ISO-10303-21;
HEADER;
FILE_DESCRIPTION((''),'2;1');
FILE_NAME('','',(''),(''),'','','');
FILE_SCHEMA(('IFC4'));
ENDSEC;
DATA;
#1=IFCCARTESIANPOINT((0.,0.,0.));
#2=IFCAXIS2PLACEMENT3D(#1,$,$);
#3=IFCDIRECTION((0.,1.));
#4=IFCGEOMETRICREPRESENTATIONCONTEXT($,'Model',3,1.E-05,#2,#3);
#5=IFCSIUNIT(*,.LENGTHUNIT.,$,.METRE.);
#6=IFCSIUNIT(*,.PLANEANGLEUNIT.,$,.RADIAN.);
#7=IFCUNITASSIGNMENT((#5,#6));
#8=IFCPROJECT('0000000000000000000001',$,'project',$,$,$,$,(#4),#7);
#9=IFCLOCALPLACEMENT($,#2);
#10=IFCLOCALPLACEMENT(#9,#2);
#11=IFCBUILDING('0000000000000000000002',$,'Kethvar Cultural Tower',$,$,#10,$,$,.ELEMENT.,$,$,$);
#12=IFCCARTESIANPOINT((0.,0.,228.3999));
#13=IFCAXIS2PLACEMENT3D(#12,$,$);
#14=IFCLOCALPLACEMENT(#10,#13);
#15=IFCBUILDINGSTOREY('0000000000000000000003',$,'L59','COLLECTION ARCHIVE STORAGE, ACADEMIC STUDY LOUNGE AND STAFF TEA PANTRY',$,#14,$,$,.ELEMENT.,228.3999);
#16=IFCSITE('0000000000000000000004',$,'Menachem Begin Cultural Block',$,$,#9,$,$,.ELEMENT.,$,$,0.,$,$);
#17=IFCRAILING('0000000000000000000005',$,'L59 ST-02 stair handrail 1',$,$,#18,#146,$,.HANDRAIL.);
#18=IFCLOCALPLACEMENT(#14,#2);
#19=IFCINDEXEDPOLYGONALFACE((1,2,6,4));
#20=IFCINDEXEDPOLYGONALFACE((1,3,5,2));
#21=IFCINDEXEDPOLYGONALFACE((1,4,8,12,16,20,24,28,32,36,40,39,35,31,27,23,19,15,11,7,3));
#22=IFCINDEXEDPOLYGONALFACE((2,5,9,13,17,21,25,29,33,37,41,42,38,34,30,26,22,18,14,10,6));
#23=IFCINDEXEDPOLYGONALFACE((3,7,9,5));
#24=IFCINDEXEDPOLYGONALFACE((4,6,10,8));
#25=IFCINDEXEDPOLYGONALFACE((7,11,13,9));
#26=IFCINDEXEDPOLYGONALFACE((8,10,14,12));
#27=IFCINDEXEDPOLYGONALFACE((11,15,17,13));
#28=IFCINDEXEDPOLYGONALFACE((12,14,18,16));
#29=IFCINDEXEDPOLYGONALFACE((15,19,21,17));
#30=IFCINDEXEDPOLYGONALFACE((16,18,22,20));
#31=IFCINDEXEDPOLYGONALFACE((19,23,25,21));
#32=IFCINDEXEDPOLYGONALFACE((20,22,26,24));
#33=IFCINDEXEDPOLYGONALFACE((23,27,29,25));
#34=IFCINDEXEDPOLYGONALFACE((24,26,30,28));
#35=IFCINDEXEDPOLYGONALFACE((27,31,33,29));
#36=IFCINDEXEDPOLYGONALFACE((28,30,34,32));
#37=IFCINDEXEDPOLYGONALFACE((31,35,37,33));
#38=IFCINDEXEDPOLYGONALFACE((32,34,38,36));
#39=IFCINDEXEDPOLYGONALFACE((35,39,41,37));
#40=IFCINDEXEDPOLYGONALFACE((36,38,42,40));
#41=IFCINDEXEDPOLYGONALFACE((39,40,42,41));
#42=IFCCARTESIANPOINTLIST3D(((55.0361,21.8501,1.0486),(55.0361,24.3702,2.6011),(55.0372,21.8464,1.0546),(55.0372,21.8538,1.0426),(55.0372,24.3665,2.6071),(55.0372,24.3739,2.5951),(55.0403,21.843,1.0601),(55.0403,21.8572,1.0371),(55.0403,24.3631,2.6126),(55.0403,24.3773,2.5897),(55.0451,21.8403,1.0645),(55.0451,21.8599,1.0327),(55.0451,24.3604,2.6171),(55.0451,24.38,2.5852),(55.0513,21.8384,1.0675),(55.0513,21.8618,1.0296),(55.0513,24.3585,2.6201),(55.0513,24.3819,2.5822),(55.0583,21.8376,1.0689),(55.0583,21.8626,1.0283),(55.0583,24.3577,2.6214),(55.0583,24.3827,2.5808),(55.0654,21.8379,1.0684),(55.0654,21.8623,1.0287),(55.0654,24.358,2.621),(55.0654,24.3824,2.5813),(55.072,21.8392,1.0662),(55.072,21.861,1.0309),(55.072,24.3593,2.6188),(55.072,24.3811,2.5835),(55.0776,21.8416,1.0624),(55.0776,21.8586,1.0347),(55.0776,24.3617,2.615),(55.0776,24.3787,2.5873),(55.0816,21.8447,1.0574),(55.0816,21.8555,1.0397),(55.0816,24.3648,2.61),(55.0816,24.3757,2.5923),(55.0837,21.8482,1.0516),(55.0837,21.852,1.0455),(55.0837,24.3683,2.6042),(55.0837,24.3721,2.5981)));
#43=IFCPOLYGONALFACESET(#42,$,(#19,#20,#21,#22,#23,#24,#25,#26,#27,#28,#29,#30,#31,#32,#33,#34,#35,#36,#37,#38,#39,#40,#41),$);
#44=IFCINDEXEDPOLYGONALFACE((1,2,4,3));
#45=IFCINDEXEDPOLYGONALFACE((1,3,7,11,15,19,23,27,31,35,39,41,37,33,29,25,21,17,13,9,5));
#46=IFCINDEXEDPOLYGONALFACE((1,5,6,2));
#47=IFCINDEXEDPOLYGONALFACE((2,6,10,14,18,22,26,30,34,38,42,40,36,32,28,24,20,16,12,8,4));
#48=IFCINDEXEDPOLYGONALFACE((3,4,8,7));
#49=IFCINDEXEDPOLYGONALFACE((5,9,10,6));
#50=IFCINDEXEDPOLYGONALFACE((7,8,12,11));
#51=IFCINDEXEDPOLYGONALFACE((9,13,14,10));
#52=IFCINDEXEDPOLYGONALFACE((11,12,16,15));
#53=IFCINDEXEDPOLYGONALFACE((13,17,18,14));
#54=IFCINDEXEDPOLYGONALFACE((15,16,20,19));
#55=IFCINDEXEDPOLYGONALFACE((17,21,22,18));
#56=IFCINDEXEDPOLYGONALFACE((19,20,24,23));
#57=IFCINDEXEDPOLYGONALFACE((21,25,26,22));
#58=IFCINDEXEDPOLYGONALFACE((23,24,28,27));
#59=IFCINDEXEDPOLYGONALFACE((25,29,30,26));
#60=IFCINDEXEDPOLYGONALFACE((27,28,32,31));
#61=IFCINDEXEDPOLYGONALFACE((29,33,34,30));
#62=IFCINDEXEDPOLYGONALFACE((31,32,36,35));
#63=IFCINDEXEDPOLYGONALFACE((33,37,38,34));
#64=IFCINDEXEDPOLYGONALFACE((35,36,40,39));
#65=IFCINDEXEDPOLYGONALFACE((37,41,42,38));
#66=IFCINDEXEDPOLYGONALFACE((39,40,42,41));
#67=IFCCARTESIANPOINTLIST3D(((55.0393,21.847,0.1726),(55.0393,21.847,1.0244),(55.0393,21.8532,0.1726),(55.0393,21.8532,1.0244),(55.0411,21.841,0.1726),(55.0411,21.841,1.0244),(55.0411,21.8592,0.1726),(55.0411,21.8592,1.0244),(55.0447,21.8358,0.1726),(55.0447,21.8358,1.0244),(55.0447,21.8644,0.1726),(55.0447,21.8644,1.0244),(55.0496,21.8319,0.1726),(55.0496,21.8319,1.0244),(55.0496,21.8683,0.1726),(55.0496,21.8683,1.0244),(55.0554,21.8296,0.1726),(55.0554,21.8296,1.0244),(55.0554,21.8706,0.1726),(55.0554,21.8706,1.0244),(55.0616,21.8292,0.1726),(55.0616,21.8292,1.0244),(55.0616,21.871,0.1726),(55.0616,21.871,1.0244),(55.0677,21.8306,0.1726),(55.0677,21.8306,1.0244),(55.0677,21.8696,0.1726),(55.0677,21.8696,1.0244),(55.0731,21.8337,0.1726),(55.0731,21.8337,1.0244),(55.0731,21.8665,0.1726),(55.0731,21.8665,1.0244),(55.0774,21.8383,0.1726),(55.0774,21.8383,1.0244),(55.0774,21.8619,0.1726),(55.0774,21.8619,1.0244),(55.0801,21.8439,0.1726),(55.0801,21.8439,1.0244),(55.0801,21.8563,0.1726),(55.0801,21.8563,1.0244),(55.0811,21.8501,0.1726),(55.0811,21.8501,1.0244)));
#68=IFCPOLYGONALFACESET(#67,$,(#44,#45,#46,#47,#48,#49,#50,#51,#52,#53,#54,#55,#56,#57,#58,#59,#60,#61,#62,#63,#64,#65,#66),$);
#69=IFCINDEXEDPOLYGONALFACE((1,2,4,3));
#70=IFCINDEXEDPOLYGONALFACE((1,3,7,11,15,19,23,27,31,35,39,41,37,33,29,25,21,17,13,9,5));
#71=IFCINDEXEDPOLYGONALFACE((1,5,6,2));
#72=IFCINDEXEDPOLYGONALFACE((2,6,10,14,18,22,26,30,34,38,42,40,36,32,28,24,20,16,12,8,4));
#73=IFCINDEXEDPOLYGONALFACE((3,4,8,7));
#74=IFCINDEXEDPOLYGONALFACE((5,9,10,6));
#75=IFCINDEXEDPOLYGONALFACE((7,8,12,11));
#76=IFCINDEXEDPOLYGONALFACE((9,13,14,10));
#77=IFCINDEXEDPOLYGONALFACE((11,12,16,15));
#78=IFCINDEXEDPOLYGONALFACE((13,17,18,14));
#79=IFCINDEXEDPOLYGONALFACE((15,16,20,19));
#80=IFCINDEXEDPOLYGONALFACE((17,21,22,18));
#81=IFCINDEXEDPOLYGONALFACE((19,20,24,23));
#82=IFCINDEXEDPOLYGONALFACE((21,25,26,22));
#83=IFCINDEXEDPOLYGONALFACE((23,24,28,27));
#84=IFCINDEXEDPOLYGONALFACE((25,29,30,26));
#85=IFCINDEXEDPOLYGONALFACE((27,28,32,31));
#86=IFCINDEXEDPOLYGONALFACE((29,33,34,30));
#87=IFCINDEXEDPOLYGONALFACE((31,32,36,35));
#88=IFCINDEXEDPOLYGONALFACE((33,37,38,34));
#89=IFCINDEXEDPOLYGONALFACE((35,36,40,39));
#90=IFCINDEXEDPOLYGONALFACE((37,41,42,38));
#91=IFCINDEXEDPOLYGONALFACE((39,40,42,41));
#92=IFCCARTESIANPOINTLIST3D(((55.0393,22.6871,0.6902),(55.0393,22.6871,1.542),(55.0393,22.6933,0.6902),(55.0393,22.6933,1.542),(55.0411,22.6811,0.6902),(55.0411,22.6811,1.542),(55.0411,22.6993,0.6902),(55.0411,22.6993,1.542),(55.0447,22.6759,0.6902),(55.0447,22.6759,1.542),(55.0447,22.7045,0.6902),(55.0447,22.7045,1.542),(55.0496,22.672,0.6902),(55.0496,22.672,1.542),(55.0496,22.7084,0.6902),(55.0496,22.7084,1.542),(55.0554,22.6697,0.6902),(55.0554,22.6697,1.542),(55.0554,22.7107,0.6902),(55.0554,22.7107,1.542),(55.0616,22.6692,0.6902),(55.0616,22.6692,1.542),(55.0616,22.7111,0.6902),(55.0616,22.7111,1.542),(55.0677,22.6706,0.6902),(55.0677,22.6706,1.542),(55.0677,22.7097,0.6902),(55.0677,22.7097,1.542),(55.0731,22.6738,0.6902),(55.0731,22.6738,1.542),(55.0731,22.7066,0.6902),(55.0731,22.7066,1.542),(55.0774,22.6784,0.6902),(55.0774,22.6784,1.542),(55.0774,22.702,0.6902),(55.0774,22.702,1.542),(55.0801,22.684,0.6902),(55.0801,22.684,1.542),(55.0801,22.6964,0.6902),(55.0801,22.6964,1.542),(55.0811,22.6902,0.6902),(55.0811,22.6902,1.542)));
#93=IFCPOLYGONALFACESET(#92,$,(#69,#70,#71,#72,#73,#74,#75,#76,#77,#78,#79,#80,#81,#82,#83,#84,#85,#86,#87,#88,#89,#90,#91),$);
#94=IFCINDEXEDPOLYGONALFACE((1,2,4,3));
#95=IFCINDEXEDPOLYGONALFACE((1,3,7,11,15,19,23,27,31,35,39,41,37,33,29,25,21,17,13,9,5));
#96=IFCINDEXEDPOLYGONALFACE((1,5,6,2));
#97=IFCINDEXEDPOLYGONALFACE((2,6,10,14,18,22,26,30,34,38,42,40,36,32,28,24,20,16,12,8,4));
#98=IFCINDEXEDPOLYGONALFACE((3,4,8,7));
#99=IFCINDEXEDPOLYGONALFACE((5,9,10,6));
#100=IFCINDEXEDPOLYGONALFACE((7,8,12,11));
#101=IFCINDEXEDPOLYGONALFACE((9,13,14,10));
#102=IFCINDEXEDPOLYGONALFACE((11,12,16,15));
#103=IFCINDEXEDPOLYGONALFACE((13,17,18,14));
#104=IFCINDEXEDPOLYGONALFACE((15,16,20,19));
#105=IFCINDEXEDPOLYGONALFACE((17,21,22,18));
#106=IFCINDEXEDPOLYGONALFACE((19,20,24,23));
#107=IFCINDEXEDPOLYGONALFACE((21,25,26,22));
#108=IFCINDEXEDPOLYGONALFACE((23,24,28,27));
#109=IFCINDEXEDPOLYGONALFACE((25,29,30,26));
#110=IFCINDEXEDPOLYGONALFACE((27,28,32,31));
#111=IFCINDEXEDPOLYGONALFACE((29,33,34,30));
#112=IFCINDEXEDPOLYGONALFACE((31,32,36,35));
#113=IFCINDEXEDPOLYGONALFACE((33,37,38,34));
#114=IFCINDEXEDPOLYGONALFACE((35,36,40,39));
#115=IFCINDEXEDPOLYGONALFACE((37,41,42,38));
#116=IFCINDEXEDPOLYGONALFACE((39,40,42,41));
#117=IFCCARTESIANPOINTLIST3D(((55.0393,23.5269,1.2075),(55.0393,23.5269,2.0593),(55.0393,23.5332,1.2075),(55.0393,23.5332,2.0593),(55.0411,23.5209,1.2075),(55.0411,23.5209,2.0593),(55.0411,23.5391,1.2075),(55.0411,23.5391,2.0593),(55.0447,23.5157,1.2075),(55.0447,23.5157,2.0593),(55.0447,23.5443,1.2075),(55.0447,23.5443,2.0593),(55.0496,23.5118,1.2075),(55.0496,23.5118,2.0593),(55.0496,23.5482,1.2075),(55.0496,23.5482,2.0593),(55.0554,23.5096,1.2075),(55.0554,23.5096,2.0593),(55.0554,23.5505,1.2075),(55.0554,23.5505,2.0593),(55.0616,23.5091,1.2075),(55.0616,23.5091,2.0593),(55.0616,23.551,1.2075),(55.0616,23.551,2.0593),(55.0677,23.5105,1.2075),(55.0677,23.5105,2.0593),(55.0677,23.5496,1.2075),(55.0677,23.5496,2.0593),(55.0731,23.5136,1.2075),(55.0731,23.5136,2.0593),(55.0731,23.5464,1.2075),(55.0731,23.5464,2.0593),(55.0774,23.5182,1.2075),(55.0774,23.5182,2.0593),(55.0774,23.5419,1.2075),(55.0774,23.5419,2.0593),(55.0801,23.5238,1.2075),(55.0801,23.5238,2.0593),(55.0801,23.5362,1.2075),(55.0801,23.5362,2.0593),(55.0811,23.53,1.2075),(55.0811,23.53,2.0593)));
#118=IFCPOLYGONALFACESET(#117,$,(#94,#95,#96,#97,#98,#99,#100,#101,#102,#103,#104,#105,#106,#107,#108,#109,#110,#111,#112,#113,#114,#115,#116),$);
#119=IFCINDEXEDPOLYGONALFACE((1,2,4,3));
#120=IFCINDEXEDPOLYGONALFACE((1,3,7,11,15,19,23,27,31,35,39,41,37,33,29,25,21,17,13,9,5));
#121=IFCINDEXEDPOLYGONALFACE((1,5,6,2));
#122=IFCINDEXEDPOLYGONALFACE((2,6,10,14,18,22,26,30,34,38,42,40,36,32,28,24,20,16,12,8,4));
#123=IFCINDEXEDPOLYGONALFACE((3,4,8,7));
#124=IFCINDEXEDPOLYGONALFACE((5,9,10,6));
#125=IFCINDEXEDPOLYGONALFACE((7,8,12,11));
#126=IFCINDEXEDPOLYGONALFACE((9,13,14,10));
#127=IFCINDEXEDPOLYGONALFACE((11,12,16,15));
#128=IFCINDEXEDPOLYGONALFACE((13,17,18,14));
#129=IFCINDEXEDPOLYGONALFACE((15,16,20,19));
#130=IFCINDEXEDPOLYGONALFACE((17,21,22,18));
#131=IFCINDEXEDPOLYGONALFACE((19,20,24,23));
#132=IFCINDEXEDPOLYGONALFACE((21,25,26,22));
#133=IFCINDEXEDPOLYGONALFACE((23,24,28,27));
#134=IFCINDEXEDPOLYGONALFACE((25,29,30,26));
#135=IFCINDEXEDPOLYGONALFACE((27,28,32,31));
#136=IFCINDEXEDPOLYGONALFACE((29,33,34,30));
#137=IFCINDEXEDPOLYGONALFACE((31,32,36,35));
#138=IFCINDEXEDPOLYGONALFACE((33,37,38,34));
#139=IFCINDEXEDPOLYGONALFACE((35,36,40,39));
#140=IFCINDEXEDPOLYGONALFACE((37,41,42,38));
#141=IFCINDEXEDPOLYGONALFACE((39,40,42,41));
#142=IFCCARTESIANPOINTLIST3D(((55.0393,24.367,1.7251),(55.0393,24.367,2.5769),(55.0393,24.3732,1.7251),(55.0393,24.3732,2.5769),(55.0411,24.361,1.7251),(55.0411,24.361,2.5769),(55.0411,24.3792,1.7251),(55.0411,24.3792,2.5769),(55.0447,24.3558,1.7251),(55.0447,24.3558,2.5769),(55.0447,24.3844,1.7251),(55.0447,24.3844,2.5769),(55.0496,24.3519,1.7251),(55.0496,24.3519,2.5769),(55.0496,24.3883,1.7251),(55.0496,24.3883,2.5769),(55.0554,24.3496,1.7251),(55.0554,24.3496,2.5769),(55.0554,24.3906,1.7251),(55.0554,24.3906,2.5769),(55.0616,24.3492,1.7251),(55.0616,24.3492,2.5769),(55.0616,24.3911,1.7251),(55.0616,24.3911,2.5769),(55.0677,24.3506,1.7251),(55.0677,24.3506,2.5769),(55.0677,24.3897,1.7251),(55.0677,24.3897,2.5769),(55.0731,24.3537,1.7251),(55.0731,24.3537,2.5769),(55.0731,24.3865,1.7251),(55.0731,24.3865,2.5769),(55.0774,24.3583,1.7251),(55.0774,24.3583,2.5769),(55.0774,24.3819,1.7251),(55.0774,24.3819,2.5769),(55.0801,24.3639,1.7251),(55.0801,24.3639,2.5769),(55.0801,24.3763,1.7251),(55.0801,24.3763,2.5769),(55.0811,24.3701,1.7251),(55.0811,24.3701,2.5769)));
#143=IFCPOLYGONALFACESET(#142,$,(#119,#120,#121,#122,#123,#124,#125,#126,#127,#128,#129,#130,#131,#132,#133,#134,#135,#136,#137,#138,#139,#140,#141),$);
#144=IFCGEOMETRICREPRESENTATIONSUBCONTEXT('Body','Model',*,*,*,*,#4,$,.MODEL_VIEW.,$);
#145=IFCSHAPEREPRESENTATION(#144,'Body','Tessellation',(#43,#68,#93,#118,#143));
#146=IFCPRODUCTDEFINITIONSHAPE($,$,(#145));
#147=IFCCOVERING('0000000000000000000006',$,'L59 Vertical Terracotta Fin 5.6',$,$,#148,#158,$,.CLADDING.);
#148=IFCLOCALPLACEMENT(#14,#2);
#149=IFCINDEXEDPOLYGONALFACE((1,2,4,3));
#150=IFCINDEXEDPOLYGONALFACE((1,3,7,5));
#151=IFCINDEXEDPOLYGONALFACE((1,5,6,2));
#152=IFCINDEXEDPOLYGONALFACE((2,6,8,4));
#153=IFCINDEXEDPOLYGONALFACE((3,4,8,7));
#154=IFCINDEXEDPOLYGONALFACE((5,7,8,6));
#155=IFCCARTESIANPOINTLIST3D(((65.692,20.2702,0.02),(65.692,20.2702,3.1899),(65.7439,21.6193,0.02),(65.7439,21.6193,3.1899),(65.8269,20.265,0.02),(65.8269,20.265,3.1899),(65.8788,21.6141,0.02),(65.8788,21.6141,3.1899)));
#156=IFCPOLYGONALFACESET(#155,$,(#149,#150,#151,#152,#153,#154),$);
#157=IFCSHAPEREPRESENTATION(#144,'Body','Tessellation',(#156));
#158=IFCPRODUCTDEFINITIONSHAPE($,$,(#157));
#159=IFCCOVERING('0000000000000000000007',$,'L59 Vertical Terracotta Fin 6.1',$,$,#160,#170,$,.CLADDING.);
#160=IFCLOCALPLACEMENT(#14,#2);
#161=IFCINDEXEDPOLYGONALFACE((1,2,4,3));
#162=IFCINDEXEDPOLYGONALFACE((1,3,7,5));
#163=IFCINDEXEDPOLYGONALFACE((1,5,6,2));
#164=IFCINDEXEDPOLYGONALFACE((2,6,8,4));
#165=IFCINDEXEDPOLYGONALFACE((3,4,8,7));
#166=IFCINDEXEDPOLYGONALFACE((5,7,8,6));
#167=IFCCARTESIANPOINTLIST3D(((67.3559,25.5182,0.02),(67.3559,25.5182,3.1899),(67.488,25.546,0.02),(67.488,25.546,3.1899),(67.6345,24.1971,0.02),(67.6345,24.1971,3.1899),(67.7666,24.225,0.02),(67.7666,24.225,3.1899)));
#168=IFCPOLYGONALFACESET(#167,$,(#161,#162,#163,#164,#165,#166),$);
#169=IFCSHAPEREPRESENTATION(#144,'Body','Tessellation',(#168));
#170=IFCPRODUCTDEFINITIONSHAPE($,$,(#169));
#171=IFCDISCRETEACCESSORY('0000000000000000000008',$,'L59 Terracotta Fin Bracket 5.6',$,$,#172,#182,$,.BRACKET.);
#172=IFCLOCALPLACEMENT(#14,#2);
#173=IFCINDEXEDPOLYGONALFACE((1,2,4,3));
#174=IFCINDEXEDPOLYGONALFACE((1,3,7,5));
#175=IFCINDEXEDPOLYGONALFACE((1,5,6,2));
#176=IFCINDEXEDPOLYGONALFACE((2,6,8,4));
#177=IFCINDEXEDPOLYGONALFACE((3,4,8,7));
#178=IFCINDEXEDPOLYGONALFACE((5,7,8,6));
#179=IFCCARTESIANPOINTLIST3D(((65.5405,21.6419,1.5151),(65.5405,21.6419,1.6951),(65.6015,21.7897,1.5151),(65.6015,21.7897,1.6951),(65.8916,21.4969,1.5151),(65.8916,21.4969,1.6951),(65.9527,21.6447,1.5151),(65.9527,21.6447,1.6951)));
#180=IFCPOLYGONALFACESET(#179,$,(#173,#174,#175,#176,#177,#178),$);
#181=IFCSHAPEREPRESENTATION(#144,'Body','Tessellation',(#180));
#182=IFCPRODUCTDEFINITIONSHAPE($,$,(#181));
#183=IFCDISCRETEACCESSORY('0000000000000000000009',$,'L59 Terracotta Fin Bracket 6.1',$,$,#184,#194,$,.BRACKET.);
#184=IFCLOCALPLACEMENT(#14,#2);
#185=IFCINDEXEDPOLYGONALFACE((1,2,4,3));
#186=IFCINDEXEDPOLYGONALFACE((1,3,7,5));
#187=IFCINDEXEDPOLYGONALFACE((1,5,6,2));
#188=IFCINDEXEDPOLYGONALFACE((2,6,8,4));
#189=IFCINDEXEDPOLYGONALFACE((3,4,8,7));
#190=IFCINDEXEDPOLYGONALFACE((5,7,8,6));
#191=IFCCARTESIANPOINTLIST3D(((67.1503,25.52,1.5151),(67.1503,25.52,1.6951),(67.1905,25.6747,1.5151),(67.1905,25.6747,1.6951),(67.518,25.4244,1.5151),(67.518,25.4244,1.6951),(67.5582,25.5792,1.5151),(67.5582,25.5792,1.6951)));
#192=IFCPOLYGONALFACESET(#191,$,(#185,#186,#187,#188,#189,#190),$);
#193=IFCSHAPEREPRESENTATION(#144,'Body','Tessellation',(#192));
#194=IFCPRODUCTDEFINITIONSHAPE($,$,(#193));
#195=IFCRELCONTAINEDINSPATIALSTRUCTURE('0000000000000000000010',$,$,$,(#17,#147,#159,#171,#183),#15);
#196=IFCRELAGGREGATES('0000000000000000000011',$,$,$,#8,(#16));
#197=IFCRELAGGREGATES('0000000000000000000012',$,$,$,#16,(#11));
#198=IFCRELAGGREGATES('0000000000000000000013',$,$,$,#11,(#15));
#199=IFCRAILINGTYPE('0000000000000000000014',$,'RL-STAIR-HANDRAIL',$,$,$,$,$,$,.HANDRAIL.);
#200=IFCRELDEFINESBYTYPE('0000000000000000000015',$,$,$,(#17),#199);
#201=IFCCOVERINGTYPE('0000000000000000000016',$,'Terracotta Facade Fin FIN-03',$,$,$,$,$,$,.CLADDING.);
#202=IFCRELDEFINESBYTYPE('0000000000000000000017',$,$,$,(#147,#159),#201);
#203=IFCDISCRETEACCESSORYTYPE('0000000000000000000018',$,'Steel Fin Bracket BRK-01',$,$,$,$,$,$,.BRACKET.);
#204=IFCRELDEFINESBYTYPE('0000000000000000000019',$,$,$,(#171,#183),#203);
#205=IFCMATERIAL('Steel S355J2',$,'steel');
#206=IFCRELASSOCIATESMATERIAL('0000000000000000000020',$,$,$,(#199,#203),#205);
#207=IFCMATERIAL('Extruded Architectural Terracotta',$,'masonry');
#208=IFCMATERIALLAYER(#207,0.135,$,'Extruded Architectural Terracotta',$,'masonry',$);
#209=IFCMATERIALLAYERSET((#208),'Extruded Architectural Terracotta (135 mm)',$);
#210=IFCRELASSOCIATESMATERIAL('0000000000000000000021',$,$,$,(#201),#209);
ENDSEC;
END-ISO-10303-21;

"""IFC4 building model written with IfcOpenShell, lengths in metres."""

from ifc_helpers import new_model, si_unit, direction, frame, origin, origin_2d, place, context, subcontext, project, spatial, rectangle, circle, extrude, source, transform, mapped, material, layer, layer_set, type_object, element, save


model = new_model("IFC4")

# Units and contexts
model_context = context("Model", 3, precision=1e-05, world=origin(), true_north=direction((0.0, 1.0)))
body_context = subcontext(model_context, "Body", "Model", "MODEL_VIEW")
ifc_project = project(units=[si_unit("LENGTHUNIT", "METRE"), si_unit("PLANEANGLEUNIT", "RADIAN")], contexts=[model_context])

# Site, building, storey
site_placement = place(None, origin())
site = spatial("IfcSite", under=ifc_project, at=site_placement, Name="Menachem Begin Cultural Block", CompositionType="ELEMENT", RefElevation=0.0)
building_placement = place(site_placement, origin())
building = spatial("IfcBuilding", under=site, at=building_placement, Name="Kethvar Cultural Tower", CompositionType="ELEMENT")
storey_placement = place(building_placement, frame((0.0, 0.0, 228.3999)))
storey = spatial("IfcBuildingStorey", under=building, at=storey_placement, Name="L59", Description="COLLECTION ARCHIVE STORAGE, ACADEMIC STUDY LOUNGE AND STAFF TEA PANTRY", CompositionType="ELEMENT", Elevation=228.3999)

# Shared definitions
ifc_material_1 = material(Name="Steel S355J2", Category="steel")

# Railing
railing_type = type_object("IfcRailingType", Name="RL-STAIR-HANDRAIL", PredefinedType="HANDRAIL", material=ifc_material_1)
railing_placement = place(storey_placement, frame((55.0601, 21.8501, 0.1726)))
element("IfcRailing", 1, at=railing_placement, inside=storey, type_object=railing_type, Name="L59 ST-02 stair handrail 1", PredefinedType="HANDRAIL", context=body_context, shape_type="SweptSolid", body=[
    extrude(circle(Radius=0.0239, at=origin_2d()), frame((0.0, 0.0, 0.876), z_axis=(0.0, 0.8514, 0.524516), x_axis=(-1.0, 0.0, 0.0)), (0.0, 0.0, 1.0), 2.96),
    extrude(circle(Radius=0.021, at=origin_2d()), origin(), (0.0, 0.0, 1.0), 0.8518),
    extrude(circle(Radius=0.021, at=origin_2d()), frame((0.0, 0.8401, 0.5176)), (0.0, 0.0, 1.0), 0.8518),
    extrude(circle(Radius=0.021, at=origin_2d()), frame((0.0, 1.6799, 1.0349)), (0.0, 0.0, 1.0), 0.8518),
    extrude(circle(Radius=0.021, at=origin_2d()), frame((0.0, 2.52, 1.5525)), (0.0, 0.0, 1.0), 0.8518),
])

# Coverings
ifc_material_2 = material(Name="Extruded Architectural Terracotta", Category="masonry")
ifc_layer_1 = layer(ifc_material_2, 0.135, Name="Extruded Architectural Terracotta", Category="masonry")
ifc_layer_set_1 = layer_set([ifc_layer_1], Name="Extruded Architectural Terracotta (135 mm)")
covering_type = type_object("IfcCoveringType", Name="Terracotta Facade Fin FIN-03", PredefinedType="CLADDING", material=ifc_layer_set_1)
shared_shape_1 = source(origin(), body_context, "Body", "SweptSolid", [
    extrude(rectangle(XDim=1.3501, YDim=0.135, at=origin_2d()), origin(), (0.0, 0.0, 1.0), 3.1699),
])
for number, where, z_axis, x_axis, name in (
    (2, (65.7854, 20.9421, 0.02), (0.0, 0.0, 1.0), (-0.038388, -0.999263, 0.0), "L59 Vertical Terracotta Fin 5.6"),
    (3, (67.5613, 24.8716, 0.02), (0.0, 0.0, 1.0), (0.206375, -0.978473, 0.0), "L59 Vertical Terracotta Fin 6.1"),
):
    element("IfcCovering", number, at=place(storey_placement, frame(where, z_axis=z_axis, x_axis=x_axis)), inside=storey, type_object=covering_type, Name=name, PredefinedType="CLADDING", context=body_context, shape_type="MappedRepresentation", body=[
        mapped(shared_shape_1, transform((0.0, 0.0, 0.0), scale=1.0)),
    ])

# Discrete accessories
discrete_accessory_type = type_object("IfcDiscreteAccessoryType", Name="Steel Fin Bracket BRK-01", PredefinedType="BRACKET", material=ifc_material_1)
shared_shape_2 = source(origin(), body_context, "Body", "SweptSolid", [
    extrude(rectangle(XDim=0.3799, YDim=0.1599, at=origin_2d()), origin(), (0.0, 0.0, 1.0), 0.1799),
])
for number, where, z_axis, x_axis, name in (
    (4, (65.7466, 21.6433, 1.5151), (0.0, 0.0, 1.0), (0.92428, -0.381716, 0.0), "L59 Terracotta Fin Bracket 5.6"),
    (5, (67.3542, 25.5496, 1.5151), (0.0, 0.0, 1.0), (0.967841, -0.251563, 0.0), "L59 Terracotta Fin Bracket 6.1"),
):
    element("IfcDiscreteAccessory", number, at=place(storey_placement, frame(where, z_axis=z_axis, x_axis=x_axis)), inside=storey, type_object=discrete_accessory_type, Name=name, PredefinedType="BRACKET", context=body_context, shape_type="MappedRepresentation", body=[
        mapped(shared_shape_2, transform((0.0, 0.0, 0.0), scale=1.0)),
    ])

save(model, "model.ifc")
